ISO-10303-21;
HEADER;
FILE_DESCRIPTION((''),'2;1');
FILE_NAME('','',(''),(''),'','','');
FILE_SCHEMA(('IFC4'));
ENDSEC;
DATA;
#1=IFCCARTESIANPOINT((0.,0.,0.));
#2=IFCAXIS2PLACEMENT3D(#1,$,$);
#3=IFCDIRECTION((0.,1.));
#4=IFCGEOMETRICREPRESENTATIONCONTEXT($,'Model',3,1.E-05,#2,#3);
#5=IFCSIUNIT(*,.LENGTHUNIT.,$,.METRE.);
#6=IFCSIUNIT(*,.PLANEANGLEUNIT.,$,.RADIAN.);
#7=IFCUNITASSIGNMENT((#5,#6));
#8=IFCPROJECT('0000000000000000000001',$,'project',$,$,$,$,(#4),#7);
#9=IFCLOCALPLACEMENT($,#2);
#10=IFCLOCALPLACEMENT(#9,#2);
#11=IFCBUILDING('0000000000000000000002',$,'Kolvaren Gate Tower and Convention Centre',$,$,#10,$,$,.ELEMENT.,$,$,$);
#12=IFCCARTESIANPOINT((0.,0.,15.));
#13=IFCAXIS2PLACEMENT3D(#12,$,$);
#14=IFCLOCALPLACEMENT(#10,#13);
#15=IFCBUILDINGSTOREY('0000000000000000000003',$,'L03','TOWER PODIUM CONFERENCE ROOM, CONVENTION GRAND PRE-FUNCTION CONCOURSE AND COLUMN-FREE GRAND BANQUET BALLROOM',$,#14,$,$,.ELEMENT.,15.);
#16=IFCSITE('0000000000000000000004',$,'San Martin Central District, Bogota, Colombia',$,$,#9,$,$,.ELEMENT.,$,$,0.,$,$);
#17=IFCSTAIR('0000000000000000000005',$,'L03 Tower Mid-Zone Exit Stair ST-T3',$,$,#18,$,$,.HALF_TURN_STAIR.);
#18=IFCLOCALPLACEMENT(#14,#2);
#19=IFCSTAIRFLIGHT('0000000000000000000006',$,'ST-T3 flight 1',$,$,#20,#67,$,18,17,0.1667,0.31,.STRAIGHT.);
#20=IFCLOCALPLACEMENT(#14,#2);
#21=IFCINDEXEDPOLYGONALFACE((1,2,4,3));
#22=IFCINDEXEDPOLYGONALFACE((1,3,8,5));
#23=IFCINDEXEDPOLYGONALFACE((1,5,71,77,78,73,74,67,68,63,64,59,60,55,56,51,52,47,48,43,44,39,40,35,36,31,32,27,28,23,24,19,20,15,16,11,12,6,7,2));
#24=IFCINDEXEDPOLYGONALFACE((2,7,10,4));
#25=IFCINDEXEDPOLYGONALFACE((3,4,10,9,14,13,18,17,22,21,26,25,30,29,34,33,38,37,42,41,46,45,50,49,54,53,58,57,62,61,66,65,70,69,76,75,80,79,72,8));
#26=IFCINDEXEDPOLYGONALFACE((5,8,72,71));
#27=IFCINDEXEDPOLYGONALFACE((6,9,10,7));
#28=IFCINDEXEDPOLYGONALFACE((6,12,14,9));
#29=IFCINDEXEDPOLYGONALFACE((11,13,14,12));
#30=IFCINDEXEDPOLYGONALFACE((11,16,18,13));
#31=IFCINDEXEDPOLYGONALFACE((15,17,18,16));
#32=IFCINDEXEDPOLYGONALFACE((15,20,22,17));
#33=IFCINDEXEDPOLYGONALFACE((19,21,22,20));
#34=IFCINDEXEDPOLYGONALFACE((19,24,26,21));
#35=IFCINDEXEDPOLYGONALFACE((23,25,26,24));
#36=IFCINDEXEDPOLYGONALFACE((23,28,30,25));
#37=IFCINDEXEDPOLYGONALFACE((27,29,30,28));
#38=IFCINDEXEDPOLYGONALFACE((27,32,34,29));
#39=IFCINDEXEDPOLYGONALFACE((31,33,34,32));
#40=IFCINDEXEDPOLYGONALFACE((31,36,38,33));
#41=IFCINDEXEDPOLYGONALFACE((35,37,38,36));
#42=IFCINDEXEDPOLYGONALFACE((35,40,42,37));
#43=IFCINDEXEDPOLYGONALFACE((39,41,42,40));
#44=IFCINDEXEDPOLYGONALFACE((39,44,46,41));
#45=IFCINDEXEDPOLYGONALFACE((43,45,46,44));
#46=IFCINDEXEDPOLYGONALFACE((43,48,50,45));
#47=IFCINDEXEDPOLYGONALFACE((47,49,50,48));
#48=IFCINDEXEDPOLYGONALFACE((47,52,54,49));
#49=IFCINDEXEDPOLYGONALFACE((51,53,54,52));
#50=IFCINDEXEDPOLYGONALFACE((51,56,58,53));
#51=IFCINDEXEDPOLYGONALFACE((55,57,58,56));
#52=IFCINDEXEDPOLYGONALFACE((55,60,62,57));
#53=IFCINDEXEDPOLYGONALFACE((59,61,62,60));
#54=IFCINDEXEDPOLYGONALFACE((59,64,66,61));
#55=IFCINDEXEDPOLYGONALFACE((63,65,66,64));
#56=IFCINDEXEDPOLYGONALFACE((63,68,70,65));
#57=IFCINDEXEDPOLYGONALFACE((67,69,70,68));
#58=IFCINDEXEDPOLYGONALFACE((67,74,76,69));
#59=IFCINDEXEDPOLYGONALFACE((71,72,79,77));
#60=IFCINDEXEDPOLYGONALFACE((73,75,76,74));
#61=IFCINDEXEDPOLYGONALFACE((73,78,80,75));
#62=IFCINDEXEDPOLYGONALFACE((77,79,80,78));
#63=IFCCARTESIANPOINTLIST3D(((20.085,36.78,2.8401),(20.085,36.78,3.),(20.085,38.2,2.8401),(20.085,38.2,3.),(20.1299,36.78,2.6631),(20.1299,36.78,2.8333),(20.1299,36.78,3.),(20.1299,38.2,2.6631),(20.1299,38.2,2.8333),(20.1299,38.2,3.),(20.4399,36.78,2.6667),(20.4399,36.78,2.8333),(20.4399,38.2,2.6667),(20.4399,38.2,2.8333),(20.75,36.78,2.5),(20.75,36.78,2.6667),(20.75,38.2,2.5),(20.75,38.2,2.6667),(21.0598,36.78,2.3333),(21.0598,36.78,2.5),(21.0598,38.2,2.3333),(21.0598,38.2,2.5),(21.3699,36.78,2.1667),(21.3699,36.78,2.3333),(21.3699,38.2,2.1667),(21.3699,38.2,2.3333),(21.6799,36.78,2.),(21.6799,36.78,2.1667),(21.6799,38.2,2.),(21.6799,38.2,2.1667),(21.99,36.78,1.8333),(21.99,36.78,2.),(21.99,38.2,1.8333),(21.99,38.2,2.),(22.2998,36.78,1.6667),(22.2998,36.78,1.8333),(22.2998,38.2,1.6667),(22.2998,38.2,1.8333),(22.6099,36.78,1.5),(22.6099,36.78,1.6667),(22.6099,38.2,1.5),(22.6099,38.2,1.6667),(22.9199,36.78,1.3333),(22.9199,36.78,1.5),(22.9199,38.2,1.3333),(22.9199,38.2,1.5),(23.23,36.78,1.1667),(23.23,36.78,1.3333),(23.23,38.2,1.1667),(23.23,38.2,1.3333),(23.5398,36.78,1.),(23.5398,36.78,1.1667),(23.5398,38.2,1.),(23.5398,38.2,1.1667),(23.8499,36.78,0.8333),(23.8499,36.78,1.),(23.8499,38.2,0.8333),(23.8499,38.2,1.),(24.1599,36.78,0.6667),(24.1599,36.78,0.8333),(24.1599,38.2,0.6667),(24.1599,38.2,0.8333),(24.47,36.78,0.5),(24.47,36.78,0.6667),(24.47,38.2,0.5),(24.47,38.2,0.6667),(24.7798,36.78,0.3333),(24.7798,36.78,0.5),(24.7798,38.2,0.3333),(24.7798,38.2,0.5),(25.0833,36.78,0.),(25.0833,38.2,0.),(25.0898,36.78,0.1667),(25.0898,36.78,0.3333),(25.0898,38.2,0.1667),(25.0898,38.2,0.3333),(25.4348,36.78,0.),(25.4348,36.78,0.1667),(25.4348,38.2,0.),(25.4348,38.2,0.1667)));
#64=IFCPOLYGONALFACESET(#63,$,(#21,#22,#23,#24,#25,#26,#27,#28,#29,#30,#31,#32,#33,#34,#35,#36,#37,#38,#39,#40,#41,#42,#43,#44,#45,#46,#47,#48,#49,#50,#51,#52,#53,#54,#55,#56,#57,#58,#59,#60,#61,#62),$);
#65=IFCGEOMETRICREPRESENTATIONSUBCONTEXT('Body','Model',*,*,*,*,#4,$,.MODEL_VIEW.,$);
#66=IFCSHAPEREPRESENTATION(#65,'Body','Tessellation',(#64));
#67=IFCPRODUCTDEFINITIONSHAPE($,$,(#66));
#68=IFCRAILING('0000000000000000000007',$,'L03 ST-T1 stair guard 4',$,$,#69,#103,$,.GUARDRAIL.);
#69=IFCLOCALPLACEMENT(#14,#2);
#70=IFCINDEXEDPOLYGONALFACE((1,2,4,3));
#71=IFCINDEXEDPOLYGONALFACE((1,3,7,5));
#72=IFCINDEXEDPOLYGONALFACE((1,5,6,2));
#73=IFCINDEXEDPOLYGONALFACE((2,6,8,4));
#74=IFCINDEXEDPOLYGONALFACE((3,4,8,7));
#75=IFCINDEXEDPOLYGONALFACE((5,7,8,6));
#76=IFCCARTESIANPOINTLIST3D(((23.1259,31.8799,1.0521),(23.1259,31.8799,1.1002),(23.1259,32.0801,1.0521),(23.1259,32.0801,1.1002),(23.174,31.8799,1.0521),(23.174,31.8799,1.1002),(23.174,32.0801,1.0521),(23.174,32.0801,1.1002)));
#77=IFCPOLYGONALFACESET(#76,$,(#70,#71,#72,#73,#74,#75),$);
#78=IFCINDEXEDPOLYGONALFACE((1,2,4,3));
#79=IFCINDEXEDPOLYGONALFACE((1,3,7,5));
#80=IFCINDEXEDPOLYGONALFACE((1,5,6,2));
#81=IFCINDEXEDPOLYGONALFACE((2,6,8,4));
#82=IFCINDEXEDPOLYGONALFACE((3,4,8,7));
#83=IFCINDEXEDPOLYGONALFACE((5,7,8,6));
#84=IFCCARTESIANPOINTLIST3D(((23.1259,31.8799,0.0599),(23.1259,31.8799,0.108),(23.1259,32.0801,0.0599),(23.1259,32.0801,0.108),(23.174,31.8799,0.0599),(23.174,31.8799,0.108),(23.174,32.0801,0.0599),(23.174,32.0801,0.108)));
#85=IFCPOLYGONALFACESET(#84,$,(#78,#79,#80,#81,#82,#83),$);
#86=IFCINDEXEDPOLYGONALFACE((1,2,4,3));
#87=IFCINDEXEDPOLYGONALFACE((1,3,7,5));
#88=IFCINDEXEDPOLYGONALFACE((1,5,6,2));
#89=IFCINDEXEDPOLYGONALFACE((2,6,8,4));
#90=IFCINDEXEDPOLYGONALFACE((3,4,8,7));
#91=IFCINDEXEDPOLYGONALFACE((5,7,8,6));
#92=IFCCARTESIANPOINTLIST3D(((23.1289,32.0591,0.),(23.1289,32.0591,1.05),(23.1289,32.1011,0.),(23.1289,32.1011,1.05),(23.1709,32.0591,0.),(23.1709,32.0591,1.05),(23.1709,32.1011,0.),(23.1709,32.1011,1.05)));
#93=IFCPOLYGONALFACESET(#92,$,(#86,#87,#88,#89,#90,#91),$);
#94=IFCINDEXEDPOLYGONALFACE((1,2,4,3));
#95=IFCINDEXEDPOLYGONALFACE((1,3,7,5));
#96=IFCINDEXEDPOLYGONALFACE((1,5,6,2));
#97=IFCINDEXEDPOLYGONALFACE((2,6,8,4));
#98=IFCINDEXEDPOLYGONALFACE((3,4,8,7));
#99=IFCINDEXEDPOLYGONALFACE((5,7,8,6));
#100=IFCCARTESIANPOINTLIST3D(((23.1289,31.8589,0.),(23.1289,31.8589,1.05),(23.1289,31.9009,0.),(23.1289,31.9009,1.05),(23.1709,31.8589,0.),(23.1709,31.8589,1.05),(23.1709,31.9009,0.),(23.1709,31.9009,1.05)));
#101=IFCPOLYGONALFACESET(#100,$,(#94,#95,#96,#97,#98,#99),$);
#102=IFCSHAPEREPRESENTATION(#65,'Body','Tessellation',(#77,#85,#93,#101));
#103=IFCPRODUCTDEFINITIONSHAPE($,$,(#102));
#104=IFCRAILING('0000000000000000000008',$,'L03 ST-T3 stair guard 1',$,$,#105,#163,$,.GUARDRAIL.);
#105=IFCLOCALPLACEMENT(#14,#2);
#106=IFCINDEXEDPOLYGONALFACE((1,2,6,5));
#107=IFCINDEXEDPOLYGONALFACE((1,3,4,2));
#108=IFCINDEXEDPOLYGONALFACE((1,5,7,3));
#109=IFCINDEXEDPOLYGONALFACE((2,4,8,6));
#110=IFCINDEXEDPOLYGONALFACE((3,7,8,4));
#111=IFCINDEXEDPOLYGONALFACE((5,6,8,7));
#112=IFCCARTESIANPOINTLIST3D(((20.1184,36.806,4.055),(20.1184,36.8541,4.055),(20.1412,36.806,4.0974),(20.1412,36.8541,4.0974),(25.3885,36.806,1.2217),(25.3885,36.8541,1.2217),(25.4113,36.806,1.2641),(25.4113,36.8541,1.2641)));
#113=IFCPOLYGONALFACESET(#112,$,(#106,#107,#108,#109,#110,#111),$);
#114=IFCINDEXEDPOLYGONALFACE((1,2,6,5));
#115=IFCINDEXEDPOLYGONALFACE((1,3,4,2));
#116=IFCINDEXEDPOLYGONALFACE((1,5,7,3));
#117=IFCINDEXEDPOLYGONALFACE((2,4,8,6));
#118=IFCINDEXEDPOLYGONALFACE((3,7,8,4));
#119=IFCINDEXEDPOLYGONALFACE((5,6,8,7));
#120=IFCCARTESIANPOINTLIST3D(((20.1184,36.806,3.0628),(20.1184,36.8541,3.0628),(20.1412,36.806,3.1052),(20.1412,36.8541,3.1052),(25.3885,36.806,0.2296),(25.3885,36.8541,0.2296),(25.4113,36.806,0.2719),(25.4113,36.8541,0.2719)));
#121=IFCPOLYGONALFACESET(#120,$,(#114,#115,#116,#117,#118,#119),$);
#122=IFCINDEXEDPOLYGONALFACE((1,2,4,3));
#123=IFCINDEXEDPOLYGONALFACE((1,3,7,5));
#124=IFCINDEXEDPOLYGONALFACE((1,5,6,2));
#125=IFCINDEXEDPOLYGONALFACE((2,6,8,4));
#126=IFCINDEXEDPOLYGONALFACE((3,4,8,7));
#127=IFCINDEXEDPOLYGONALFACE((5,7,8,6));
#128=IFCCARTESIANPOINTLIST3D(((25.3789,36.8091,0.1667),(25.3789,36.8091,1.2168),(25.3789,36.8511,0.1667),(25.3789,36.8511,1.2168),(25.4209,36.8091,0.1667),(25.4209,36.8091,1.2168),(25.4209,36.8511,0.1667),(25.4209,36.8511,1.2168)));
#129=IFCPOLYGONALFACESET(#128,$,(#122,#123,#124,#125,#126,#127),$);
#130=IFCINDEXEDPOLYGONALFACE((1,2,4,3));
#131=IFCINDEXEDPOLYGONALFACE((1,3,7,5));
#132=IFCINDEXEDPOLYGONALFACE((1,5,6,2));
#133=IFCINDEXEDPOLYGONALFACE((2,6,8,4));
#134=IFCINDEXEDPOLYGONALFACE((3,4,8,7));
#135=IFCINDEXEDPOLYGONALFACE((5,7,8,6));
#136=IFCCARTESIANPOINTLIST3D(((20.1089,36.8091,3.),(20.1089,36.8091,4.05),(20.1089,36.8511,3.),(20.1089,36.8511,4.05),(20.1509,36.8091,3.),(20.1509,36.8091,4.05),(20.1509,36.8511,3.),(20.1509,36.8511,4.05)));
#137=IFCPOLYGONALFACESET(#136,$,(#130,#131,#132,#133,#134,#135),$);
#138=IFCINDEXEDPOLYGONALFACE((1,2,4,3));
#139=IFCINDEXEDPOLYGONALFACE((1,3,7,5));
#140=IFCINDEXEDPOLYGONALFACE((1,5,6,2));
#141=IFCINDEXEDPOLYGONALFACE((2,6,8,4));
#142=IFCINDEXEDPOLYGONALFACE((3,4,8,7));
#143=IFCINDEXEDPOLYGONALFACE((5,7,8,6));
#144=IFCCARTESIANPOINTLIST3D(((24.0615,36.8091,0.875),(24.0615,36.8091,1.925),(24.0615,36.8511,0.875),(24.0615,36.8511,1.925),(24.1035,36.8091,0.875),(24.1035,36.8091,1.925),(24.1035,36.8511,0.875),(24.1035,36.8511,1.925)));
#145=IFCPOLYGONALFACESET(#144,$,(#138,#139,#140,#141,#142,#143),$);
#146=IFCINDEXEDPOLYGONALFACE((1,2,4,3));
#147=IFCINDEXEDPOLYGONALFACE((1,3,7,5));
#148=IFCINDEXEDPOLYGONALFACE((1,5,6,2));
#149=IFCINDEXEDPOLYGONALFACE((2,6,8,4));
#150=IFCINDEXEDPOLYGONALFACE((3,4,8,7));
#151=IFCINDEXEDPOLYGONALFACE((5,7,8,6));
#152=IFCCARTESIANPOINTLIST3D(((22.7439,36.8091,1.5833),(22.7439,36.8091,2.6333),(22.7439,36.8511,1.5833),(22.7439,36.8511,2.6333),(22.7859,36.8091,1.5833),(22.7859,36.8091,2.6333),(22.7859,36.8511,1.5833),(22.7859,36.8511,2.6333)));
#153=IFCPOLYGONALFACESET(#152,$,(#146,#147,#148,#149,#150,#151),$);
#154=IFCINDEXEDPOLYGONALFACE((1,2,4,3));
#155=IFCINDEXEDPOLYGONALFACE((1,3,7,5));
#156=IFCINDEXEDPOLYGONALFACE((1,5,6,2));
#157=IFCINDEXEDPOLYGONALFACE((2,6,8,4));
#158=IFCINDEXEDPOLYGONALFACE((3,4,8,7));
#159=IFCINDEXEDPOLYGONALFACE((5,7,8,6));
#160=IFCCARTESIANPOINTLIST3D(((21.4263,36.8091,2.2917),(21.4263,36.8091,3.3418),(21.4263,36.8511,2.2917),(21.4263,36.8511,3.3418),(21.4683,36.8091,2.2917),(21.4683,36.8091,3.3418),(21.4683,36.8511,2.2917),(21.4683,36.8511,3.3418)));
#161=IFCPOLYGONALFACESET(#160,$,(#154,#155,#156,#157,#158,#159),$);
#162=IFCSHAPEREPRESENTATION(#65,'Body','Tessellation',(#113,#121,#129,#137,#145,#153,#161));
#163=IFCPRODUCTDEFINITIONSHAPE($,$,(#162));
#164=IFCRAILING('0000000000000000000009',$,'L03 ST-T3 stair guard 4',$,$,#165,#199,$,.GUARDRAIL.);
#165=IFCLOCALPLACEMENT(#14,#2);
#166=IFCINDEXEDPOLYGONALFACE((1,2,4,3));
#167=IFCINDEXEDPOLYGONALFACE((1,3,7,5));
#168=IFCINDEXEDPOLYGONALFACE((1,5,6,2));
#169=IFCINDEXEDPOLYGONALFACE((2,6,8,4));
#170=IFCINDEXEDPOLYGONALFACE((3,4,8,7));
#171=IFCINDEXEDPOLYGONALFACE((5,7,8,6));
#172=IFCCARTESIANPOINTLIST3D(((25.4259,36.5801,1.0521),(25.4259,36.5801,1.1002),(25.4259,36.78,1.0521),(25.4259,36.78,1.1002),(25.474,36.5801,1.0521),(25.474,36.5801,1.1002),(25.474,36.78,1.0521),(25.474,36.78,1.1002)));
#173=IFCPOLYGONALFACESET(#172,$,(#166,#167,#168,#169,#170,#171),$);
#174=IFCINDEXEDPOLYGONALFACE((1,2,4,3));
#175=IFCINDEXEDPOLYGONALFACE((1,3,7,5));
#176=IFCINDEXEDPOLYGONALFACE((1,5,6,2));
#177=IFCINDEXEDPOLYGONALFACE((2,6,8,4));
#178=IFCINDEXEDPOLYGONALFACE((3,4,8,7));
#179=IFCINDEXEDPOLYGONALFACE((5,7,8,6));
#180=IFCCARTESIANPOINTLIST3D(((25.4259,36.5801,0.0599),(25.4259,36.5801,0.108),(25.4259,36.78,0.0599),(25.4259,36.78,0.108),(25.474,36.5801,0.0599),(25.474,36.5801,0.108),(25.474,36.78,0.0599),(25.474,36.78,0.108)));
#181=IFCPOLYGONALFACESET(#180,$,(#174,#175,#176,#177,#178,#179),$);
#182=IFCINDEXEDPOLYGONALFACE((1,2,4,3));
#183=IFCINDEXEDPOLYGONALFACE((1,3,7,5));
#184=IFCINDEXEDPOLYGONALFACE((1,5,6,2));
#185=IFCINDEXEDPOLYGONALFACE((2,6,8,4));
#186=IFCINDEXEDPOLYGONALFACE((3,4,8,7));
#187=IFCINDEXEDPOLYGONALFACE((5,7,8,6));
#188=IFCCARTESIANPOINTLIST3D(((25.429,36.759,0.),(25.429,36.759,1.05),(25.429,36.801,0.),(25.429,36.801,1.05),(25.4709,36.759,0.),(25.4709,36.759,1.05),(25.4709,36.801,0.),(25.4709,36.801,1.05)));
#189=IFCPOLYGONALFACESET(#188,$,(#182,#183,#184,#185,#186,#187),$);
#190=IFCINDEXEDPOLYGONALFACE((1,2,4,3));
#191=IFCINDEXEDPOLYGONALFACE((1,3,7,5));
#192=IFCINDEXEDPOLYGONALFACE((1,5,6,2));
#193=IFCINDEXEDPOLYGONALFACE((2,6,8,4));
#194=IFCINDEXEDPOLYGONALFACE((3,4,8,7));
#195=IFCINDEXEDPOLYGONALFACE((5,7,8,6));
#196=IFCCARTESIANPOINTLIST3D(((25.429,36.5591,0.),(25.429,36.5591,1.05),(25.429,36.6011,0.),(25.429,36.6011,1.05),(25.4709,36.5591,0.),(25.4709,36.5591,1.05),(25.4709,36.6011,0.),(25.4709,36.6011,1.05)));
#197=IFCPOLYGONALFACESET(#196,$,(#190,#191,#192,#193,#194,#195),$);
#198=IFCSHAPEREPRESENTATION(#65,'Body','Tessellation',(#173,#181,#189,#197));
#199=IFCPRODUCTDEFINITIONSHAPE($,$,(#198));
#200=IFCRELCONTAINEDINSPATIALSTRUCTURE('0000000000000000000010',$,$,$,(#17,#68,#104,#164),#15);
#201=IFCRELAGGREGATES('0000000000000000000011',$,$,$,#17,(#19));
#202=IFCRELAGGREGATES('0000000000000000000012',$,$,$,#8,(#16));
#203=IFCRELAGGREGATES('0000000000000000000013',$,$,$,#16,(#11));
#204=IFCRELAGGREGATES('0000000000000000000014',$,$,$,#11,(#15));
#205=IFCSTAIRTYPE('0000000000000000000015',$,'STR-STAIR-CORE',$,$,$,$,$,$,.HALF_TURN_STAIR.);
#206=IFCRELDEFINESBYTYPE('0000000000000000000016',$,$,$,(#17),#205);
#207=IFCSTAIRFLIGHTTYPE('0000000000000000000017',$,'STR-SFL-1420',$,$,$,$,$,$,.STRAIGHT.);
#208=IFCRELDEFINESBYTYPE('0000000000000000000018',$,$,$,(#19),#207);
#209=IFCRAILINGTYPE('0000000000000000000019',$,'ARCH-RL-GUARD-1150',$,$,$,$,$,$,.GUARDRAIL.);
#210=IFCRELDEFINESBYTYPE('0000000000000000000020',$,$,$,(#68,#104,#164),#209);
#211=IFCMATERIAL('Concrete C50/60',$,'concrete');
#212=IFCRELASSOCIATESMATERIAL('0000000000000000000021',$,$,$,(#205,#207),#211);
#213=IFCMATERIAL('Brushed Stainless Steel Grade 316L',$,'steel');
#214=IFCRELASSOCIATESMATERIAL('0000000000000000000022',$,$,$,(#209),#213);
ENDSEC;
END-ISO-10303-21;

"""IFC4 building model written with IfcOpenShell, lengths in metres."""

from ifc_helpers import new_model, si_unit, direction, frame, origin, origin_2d, place, context, subcontext, project, spatial, polyline, rectangle, outline, extrude, material, type_object, element, aggregate, save


model = new_model("IFC4")

# Units and contexts
model_context = context("Model", 3, precision=1e-05, world=origin(), true_north=direction((0.0, 1.0)))
body_context = subcontext(model_context, "Body", "Model", "MODEL_VIEW")
ifc_project = project(units=[si_unit("LENGTHUNIT", "METRE"), si_unit("PLANEANGLEUNIT", "RADIAN")], contexts=[model_context])

# Site, building, storey
site_placement = place(None, origin())
site = spatial("IfcSite", under=ifc_project, at=site_placement, Name="San Martin Central District, Bogota, Colombia", CompositionType="ELEMENT", RefElevation=0.0)
building_placement = place(site_placement, origin())
building = spatial("IfcBuilding", under=site, at=building_placement, Name="Kolvaren Gate Tower and Convention Centre", CompositionType="ELEMENT")
storey_placement = place(building_placement, frame((0.0, 0.0, 15.0)))
storey = spatial("IfcBuildingStorey", under=building, at=storey_placement, Name="L03", Description="TOWER PODIUM CONFERENCE ROOM, CONVENTION GRAND PRE-FUNCTION CONCOURSE AND COLUMN-FREE GRAND BANQUET BALLROOM", CompositionType="ELEMENT", Elevation=15.0)

# Shared definitions
ifc_material_1 = material(Name="Brushed Stainless Steel Grade 316L", Category="steel")

# Shared definitions
ifc_material_2 = material(Name="Concrete C50/60", Category="concrete")

# Stair, stair flight
stair_type = type_object("IfcStairType", Name="STR-STAIR-CORE", PredefinedType="HALF_TURN_STAIR", material=ifc_material_2)
stair_placement = place(storey_placement, origin())
stair = element("IfcStair", 1, at=stair_placement, inside=storey, type_object=stair_type, Name="L03 Tower Mid-Zone Exit Stair ST-T3", PredefinedType="HALF_TURN_STAIR")
stair_flight_type = type_object("IfcStairFlightType", Name="STR-SFL-1420", PredefinedType="STRAIGHT", material=ifc_material_2)
stair_flight_placement = place(storey_placement, frame((25.3999, 37.49, 0.0), z_axis=(0.0, 0.0, 1.0), x_axis=(-1.0, 0.0, 0.0)))
stair_flight = element("IfcStairFlight", 2, at=stair_flight_placement, type_object=stair_flight_type, Name="ST-T3 flight 1", NumberOfRisers=18, NumberOfTreads=17, PredefinedType="STRAIGHT", RiserHeight=0.1667, TreadLength=0.31, context=body_context, shape_type="SweptSolid", body=[
    extrude(outline(polyline([(-0.0349, 0.0), (-0.0349, 0.1667), (0.3101, 0.1667), (0.3101, 0.3333), (0.6201, 0.3333), (0.6201, 0.5), (0.9299, 0.5), (0.9299, 0.6667), (1.24, 0.6667), (1.24, 0.8333), (1.55, 0.8333), (1.55, 1.0), (1.8601, 1.0), (1.8601, 1.1667), (2.1699, 1.1667), (2.1699, 1.3333), (2.48, 1.3333), (2.48, 1.5), (2.79, 1.5), (2.79, 1.6667), (3.1001, 1.6667), (3.1001, 1.8333), (3.4099, 1.8333), (3.4099, 2.0), (3.72, 2.0), (3.72, 2.1667), (4.03, 2.1667), (4.03, 2.3333), (4.3401, 2.3333), (4.3401, 2.5), (4.6499, 2.5), (4.6499, 2.6667), (4.96, 2.6667), (4.96, 2.8333), (5.27, 2.8333), (5.27, 3.0), (5.3149, 3.0), (5.3149, 2.8401), (5.27, 2.6631), (0.3167, 0.0), (-0.0349, 0.0)])), frame((0.0, 0.71, 0.0), z_axis=(0.0, -1.0, 0.0), x_axis=(1.0, 0.0, 0.0)), (0.0, 0.0, 1.0), 1.4199),
])
aggregate(stair, [stair_flight])

# Railings
railing_type_1 = type_object("IfcRailingType", Name="ARCH-RL-GUARD-1150", PredefinedType="GUARDRAIL", material=ifc_material_1)
railing_1_placement = place(storey_placement, frame((23.1499, 32.0801, 0.0)))
element("IfcRailing", 3, at=railing_1_placement, inside=storey, type_object=railing_type_1, Name="L03 ST-T1 stair guard 4", PredefinedType="GUARDRAIL", context=body_context, shape_type="SweptSolid", body=[
    extrude(rectangle(XDim=0.0481, YDim=0.0481, at=origin_2d()), frame((0.0, 0.0, 1.0762), z_axis=(0.0, -1.0, 0.0), x_axis=(1.0, 0.0, 0.0)), (0.0, 0.0, 1.0), 0.2002),
    extrude(rectangle(XDim=0.0481, YDim=0.0481, at=origin_2d()), frame((0.0, 0.0, 0.084), z_axis=(0.0, -1.0, 0.0), x_axis=(1.0, 0.0, 0.0)), (0.0, 0.0, 1.0), 0.2002),
    extrude(rectangle(XDim=0.042, YDim=0.042, at=origin_2d()), origin(), (0.0, 0.0, 1.0), 1.05),
    extrude(rectangle(XDim=0.042, YDim=0.042, at=origin_2d()), frame((0.0, -0.2002, 0.0)), (0.0, 0.0, 1.0), 1.05),
])
railing_2_placement = place(storey_placement, frame((25.3999, 36.8301, 0.1667)))
element("IfcRailing", 4, at=railing_2_placement, inside=storey, type_object=railing_type_1, Name="L03 ST-T3 stair guard 1", PredefinedType="GUARDRAIL", context=body_context, shape_type="SweptSolid", body=[
    extrude(rectangle(XDim=0.0481, YDim=0.0481, at=origin_2d()), frame((0.0, 0.0, 1.0762), z_axis=(-0.880781, 0.0, 0.473523), x_axis=(0.0, -1.0, 0.0)), (0.0, 0.0, 1.0), 5.9834),
    extrude(rectangle(XDim=0.0481, YDim=0.0481, at=origin_2d()), frame((0.0, 0.0, 0.084), z_axis=(-0.880781, 0.0, 0.473523), x_axis=(0.0, -1.0, 0.0)), (0.0, 0.0, 1.0), 5.9834),
    extrude(rectangle(XDim=0.042, YDim=0.042, at=origin_2d()), origin(), (0.0, 0.0, 1.0), 1.05),
    extrude(rectangle(XDim=0.042, YDim=0.042, at=origin_2d()), frame((-5.27, 0.0, 2.8333)), (0.0, 0.0, 1.0), 1.05),
    extrude(rectangle(XDim=0.042, YDim=0.042, at=origin_2d()), frame((-1.3174, 0.0, 0.7083)), (0.0, 0.0, 1.0), 1.05),
    extrude(rectangle(XDim=0.042, YDim=0.042, at=origin_2d()), frame((-2.635, 0.0, 1.4165)), (0.0, 0.0, 1.0), 1.05),
    extrude(rectangle(XDim=0.042, YDim=0.042, at=origin_2d()), frame((-3.9526, 0.0, 2.125)), (0.0, 0.0, 1.0), 1.05),
])
railing_3_placement = place(storey_placement, frame((25.45, 36.78, 0.0)))
element("IfcRailing", 5, at=railing_3_placement, inside=storey, type_object=railing_type_1, Name="L03 ST-T3 stair guard 4", PredefinedType="GUARDRAIL", context=body_context, shape_type="SweptSolid", body=[
    extrude(rectangle(XDim=0.0481, YDim=0.0481, at=origin_2d()), frame((0.0, 0.0, 1.0762), z_axis=(0.0, -1.0, 0.0), x_axis=(1.0, 0.0, 0.0)), (0.0, 0.0, 1.0), 0.2),
    extrude(rectangle(XDim=0.0481, YDim=0.0481, at=origin_2d()), frame((0.0, 0.0, 0.084), z_axis=(0.0, -1.0, 0.0), x_axis=(1.0, 0.0, 0.0)), (0.0, 0.0, 1.0), 0.2),
    extrude(rectangle(XDim=0.042, YDim=0.042, at=origin_2d()), origin(), (0.0, 0.0, 1.0), 1.05),
    extrude(rectangle(XDim=0.042, YDim=0.042, at=origin_2d()), frame((0.0, -0.2, 0.0)), (0.0, 0.0, 1.0), 1.05),
])

save(model, "model.ifc")
